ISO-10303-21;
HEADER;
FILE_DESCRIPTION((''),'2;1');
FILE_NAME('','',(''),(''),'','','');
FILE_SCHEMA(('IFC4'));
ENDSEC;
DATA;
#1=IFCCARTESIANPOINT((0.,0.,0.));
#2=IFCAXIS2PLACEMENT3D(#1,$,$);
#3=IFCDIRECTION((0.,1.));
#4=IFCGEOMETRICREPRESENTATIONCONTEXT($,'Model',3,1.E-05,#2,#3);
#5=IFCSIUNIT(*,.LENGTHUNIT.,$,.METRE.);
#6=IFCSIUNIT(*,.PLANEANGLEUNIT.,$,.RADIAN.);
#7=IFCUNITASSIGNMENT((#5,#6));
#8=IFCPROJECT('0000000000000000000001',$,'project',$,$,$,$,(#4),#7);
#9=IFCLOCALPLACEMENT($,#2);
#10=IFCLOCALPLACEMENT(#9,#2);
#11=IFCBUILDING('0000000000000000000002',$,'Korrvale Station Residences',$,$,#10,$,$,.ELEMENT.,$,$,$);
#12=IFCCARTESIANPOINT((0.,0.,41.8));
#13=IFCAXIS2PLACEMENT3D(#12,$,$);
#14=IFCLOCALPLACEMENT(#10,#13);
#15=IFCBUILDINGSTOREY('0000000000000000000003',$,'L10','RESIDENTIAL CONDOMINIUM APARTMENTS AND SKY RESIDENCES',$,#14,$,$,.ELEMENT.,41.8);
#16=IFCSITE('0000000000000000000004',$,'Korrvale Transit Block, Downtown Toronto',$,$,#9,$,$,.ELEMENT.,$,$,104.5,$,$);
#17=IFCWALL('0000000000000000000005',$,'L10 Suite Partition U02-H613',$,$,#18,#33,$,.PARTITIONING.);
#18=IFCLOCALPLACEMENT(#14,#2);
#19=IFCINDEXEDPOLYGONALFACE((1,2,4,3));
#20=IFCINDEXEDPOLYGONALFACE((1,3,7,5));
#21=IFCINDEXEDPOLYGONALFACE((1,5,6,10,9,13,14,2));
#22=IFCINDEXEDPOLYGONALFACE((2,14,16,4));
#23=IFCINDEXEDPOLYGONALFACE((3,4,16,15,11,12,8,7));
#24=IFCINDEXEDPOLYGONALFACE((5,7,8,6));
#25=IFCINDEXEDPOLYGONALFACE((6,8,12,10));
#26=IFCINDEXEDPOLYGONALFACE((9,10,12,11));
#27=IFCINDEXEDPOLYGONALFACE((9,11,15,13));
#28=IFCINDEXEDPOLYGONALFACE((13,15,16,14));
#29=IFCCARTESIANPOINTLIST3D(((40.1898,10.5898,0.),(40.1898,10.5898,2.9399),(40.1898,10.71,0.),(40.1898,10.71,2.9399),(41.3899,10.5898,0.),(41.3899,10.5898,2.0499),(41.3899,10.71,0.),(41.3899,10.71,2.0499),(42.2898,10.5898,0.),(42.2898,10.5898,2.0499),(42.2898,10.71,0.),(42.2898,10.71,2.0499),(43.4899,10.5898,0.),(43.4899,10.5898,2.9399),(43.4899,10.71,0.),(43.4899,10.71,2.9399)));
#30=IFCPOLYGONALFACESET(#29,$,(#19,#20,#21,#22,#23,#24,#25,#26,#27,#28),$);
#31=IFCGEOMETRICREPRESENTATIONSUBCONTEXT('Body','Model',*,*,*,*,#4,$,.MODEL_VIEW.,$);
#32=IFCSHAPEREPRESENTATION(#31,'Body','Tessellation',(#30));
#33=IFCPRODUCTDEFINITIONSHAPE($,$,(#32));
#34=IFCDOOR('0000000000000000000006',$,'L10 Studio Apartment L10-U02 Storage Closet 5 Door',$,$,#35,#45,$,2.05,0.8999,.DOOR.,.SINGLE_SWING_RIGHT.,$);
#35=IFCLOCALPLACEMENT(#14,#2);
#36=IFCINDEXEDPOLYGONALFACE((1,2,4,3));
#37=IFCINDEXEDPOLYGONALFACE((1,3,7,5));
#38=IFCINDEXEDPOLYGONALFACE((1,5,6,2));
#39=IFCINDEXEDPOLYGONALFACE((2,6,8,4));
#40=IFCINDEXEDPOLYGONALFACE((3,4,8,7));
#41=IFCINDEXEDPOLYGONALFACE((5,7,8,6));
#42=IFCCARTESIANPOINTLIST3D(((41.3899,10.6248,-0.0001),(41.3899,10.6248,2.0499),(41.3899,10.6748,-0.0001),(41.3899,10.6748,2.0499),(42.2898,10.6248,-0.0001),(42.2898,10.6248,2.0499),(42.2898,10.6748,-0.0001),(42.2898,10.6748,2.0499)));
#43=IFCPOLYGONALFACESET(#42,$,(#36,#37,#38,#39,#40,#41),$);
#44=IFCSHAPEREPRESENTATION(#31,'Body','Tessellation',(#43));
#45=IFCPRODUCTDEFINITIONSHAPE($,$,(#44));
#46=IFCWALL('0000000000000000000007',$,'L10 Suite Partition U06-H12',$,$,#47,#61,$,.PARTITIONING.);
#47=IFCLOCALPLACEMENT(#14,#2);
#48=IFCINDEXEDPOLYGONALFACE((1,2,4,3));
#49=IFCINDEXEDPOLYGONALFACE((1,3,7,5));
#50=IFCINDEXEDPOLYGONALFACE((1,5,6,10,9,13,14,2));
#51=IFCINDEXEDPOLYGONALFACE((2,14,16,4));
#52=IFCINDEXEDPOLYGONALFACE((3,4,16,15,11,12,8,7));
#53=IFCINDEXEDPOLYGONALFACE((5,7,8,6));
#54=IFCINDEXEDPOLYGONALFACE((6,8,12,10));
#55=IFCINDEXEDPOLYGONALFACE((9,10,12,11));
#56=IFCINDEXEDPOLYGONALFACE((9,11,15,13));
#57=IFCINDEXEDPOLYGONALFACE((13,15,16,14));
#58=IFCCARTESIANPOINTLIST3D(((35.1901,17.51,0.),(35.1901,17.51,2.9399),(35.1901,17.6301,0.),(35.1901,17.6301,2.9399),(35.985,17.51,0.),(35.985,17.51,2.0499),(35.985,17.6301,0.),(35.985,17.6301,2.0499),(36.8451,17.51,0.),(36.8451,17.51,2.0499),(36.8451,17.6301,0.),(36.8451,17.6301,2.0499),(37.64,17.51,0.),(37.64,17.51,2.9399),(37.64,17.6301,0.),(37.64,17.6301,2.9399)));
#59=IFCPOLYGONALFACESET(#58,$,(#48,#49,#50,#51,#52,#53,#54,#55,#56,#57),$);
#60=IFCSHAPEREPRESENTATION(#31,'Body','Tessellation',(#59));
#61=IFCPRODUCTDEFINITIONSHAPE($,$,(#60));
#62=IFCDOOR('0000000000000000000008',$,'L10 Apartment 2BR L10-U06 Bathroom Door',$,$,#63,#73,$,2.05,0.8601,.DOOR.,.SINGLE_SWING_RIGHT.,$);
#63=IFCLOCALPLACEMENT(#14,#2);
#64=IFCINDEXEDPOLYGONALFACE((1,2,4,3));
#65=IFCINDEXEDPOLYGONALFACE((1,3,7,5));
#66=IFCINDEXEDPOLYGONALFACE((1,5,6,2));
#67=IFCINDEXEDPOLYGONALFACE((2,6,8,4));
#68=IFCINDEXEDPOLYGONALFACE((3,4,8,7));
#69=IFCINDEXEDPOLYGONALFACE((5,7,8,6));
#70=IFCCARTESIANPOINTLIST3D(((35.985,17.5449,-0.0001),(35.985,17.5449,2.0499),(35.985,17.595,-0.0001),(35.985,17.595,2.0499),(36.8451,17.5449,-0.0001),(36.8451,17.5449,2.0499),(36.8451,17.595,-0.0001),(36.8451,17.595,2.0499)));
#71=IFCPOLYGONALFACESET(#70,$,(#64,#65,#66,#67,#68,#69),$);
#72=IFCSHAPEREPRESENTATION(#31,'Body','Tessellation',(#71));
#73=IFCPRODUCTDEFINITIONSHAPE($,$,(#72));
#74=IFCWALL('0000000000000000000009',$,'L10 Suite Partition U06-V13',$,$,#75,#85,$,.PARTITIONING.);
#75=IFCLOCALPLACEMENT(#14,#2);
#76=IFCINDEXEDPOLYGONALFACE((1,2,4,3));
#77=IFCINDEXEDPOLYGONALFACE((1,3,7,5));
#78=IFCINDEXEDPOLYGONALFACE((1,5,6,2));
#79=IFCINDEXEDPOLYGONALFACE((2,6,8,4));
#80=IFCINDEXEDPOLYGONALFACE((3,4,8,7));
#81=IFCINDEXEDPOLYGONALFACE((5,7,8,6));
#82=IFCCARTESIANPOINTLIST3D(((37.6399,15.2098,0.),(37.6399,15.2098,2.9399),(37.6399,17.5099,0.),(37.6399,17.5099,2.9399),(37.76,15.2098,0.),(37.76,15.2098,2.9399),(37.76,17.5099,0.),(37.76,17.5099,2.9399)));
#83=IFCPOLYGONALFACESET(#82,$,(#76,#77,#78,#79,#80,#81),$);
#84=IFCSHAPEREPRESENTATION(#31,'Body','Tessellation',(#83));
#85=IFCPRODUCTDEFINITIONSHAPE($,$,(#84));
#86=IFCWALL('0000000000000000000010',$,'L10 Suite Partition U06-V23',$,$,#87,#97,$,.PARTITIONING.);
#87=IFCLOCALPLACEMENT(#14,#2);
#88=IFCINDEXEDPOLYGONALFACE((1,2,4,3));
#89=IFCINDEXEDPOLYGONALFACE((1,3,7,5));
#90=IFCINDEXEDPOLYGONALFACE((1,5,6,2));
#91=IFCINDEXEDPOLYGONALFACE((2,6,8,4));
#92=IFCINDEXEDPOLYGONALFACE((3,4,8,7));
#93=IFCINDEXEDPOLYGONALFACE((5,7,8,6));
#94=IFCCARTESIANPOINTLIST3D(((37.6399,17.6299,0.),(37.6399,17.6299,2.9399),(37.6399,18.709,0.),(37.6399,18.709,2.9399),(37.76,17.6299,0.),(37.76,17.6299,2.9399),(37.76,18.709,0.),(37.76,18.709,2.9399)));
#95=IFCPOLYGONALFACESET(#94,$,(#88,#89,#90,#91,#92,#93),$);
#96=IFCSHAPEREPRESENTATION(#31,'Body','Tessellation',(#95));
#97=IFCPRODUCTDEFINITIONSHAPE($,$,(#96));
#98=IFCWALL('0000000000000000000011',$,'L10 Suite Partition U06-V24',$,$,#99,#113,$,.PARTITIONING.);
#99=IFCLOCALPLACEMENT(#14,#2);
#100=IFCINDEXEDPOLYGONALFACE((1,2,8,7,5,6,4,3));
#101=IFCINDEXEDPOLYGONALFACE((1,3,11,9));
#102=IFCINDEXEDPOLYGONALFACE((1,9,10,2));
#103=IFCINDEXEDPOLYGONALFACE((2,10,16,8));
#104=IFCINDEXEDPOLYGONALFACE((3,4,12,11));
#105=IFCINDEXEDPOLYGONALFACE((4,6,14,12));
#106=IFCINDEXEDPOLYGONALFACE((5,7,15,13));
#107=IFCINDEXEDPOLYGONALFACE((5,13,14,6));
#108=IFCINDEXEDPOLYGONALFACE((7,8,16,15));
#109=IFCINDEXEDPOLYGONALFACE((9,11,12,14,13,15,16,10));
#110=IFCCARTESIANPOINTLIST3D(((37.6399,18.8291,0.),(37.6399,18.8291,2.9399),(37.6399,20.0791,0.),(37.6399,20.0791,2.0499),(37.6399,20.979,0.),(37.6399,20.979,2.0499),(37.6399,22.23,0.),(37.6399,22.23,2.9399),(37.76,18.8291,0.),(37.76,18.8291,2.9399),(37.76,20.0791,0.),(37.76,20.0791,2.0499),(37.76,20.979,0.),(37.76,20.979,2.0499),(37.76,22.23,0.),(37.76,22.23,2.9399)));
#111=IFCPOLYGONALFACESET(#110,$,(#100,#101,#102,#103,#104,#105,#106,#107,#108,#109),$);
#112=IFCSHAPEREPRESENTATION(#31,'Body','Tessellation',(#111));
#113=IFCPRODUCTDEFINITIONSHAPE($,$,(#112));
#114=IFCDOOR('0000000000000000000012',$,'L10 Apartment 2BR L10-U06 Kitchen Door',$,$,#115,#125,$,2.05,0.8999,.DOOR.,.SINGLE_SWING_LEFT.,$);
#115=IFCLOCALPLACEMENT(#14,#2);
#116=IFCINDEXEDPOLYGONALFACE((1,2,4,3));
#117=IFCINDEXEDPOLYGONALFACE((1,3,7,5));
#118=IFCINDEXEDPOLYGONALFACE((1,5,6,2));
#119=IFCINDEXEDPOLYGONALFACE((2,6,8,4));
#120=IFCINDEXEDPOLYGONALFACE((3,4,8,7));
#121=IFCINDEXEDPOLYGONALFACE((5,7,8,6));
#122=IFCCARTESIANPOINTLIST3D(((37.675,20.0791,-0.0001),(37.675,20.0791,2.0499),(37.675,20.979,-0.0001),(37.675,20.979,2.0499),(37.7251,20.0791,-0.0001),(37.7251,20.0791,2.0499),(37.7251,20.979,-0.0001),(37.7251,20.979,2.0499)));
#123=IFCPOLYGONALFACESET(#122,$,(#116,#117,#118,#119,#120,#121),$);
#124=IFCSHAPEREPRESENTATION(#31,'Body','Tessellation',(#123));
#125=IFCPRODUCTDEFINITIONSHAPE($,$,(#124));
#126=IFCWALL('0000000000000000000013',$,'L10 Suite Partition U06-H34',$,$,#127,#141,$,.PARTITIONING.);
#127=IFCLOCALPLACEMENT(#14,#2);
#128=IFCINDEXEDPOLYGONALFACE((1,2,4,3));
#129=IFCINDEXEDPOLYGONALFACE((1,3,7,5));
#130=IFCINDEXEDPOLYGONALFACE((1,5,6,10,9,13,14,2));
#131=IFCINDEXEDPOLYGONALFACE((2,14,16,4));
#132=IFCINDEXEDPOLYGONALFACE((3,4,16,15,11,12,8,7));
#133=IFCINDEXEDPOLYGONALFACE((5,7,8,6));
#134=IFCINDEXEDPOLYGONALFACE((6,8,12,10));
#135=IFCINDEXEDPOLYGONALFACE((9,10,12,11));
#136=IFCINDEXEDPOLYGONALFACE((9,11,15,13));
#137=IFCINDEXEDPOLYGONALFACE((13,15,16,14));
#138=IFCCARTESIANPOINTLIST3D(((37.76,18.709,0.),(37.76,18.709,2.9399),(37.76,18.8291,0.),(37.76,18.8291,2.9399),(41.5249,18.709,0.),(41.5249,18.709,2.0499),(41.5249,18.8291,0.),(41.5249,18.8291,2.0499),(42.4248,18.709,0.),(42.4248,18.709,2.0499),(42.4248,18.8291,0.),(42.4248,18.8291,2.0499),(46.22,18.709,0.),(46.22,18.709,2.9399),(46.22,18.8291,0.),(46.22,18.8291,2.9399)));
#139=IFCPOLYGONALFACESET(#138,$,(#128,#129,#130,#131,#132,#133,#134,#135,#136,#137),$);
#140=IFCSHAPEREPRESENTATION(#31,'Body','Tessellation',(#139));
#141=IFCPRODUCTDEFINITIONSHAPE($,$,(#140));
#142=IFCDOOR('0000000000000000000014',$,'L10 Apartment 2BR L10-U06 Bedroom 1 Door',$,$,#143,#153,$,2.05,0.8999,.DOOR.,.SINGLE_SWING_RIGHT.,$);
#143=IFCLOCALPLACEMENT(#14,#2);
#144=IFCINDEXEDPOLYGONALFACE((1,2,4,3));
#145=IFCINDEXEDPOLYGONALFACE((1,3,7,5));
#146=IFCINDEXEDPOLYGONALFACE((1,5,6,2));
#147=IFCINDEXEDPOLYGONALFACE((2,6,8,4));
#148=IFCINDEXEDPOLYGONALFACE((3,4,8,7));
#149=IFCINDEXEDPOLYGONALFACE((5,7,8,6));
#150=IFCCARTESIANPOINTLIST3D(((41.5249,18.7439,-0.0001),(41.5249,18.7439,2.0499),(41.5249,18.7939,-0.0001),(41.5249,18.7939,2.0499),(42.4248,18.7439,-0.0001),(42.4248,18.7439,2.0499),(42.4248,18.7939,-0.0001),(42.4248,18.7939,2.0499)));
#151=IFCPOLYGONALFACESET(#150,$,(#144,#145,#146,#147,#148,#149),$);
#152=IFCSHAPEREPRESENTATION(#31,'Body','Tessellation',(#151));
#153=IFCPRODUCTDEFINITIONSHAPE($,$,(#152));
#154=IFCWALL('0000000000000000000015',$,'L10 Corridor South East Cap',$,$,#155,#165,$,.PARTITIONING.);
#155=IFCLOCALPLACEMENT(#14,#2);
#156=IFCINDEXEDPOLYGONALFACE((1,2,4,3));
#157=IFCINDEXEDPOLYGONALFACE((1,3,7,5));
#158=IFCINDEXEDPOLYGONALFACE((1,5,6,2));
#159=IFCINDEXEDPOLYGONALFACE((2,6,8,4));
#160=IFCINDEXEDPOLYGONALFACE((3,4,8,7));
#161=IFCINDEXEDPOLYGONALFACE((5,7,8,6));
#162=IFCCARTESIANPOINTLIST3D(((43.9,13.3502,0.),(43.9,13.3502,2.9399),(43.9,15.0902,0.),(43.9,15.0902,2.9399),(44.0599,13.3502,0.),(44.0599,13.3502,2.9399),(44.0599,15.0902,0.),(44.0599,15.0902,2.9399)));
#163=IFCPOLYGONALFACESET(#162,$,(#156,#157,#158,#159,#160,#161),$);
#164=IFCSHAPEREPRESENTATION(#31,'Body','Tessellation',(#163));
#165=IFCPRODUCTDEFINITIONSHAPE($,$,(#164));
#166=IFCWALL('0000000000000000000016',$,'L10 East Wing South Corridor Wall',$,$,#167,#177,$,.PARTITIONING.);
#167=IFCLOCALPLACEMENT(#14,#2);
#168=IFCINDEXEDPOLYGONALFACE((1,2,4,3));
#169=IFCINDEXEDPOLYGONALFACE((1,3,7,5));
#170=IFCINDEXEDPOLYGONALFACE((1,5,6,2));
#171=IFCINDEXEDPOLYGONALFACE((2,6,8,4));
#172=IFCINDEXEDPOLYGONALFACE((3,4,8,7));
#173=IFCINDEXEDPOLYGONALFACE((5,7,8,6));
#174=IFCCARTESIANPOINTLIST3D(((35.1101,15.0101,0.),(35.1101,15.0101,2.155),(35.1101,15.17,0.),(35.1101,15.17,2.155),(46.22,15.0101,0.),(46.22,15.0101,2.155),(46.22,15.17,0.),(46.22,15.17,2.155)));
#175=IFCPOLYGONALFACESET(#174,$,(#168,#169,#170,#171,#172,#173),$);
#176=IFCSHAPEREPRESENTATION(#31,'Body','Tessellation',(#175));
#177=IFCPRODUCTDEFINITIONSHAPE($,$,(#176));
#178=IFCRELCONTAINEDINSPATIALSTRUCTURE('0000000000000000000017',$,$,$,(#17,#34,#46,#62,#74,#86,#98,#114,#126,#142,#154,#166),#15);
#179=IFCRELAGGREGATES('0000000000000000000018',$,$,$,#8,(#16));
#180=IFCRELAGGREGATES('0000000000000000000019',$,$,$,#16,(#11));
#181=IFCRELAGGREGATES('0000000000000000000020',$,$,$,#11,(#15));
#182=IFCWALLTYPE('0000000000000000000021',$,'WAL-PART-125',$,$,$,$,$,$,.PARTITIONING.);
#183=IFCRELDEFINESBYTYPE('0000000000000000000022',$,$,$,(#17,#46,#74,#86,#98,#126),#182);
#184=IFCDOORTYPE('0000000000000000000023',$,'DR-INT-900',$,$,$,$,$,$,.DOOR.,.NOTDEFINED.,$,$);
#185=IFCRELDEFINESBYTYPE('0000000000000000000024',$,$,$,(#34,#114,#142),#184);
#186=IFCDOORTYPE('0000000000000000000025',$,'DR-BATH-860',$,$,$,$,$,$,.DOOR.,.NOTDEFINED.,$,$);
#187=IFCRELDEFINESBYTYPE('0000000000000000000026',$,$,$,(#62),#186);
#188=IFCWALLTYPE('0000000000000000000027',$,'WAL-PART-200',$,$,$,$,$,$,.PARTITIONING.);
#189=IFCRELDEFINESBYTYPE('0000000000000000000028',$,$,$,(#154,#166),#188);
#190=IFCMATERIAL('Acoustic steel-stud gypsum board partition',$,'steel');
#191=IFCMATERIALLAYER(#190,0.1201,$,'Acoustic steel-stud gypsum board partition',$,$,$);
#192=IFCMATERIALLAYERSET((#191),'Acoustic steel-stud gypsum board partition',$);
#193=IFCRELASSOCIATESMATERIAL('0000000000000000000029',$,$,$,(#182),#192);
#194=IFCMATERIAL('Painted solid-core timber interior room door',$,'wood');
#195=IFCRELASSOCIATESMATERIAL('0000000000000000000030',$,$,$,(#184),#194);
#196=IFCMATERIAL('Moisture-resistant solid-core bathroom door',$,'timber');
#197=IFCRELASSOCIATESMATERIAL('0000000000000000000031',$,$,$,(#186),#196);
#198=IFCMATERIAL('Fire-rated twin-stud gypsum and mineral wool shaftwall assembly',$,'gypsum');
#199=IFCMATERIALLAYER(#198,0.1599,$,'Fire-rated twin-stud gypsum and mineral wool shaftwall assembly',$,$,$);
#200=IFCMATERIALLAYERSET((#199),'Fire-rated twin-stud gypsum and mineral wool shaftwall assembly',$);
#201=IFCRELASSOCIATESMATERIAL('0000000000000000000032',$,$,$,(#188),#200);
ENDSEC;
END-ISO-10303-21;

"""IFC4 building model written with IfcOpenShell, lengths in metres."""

from ifc_helpers import new_model, si_unit, direction, frame, frame_2d, origin, place, context, subcontext, project, spatial, rectangle, extrude, material, layer, layer_set, type_object, element, fill, save


model = new_model("IFC4")

# Units and contexts
model_context = context("Model", 3, precision=1e-05, world=origin(), true_north=direction((0.0, 1.0)))
body_context = subcontext(model_context, "Body", "Model", "MODEL_VIEW")
ifc_project = project(units=[si_unit("LENGTHUNIT", "METRE"), si_unit("PLANEANGLEUNIT", "RADIAN")], contexts=[model_context])

# Site, building, storey
site_placement = place(None, origin())
site = spatial("IfcSite", under=ifc_project, at=site_placement, Name="Korrvale Transit Block, Downtown Toronto", CompositionType="ELEMENT", RefElevation=104.5)
building_placement = place(site_placement, origin())
building = spatial("IfcBuilding", under=site, at=building_placement, Name="Korrvale Station Residences", CompositionType="ELEMENT")
storey_placement = place(building_placement, frame((0.0, 0.0, 41.8)))
storey = spatial("IfcBuildingStorey", under=building, at=storey_placement, Name="L10", Description="RESIDENTIAL CONDOMINIUM APARTMENTS AND SKY RESIDENCES", CompositionType="ELEMENT", Elevation=41.8)

# Walls, openings, doors
ifc_material_1 = material(Name="Acoustic steel-stud gypsum board partition", Category="steel")
ifc_layer_1 = layer(ifc_material_1, 0.1201, Name="Acoustic steel-stud gypsum board partition")
ifc_layer_set_1 = layer_set([ifc_layer_1], Name="Acoustic steel-stud gypsum board partition")
wall_type_1 = type_object("IfcWallType", Name="WAL-PART-125", PredefinedType="PARTITIONING", material=ifc_layer_set_1)
ifc_material_2 = material(Name="Painted solid-core timber interior room door", Category="wood")
door_type_1 = type_object("IfcDoorType", Name="DR-INT-900", OperationType="NOTDEFINED", PredefinedType="DOOR", material=ifc_material_2)
wall_1_placement = place(storey_placement, frame((40.1899, 10.6499, 0.0), z_axis=(0.0, 0.0, 1.0), x_axis=(1.0, 0.0, 0.0)))
wall_1 = element("IfcWall", 1, at=wall_1_placement, inside=storey, type_object=wall_type_1, Name="L10 Suite Partition U02-H613", PredefinedType="PARTITIONING", context=body_context, shape_type="SweptSolid", body=[
    extrude(rectangle(XDim=3.3, YDim=0.1201, at=frame_2d((1.6499, 0.0))), origin(), (0.0, 0.0, 1.0), 2.9399),
])
opening_1_placement = place(wall_1_placement, frame((1.2, 0.0, 0.0)))
opening_1 = element("IfcOpeningElement", 2, at=opening_1_placement, cuts=wall_1, PredefinedType="OPENING", context=body_context, shape_type="SweptSolid", body=[
    extrude(rectangle(XDim=0.8999, YDim=2.05, at=frame_2d((0.45, 1.0249))), frame((0.0, 0.0701, 0.0), z_axis=(0.0, -1.0, 0.0), x_axis=(1.0, 0.0, 0.0)), (0.0, 0.0, 1.0), 0.1401),
])
door_1_placement = place(opening_1_placement, origin())
door_1 = element("IfcDoor", 3, at=door_1_placement, inside=storey, type_object=door_type_1, Name="L10 Studio Apartment L10-U02 Storage Closet 5 Door", OperationType="SINGLE_SWING_RIGHT", OverallHeight=2.05, OverallWidth=0.8999, PredefinedType="DOOR", context=body_context, shape_type="SweptSolid", body=[
    extrude(rectangle(XDim=0.8999, YDim=2.05, at=frame_2d((0.45, 1.0249))), frame((0.0, 0.0249, 0.0), z_axis=(0.0, -1.0, 0.0), x_axis=(1.0, 0.0, 0.0)), (0.0, 0.0, 1.0), 0.05),
])
fill(opening_1, door_1)
wall_2_placement = place(storey_placement, frame((35.1899, 17.5701, 0.0), z_axis=(0.0, 0.0, 1.0), x_axis=(1.0, 0.0, 0.0)))
wall_2 = element("IfcWall", 4, at=wall_2_placement, inside=storey, type_object=wall_type_1, Name="L10 Suite Partition U06-H12", PredefinedType="PARTITIONING", context=body_context, shape_type="SweptSolid", body=[
    extrude(rectangle(XDim=2.45, YDim=0.1201, at=frame_2d((1.2251, 0.0))), origin(), (0.0, 0.0, 1.0), 2.9399),
])
opening_2_placement = place(wall_2_placement, frame((0.7949, 0.0, 0.0)))
opening_2 = element("IfcOpeningElement", 5, at=opening_2_placement, cuts=wall_2, PredefinedType="OPENING", context=body_context, shape_type="SweptSolid", body=[
    extrude(rectangle(XDim=0.8601, YDim=2.05, at=frame_2d((0.4302, 1.0249))), frame((0.0, 0.0701, 0.0), z_axis=(0.0, -1.0, 0.0), x_axis=(1.0, 0.0, 0.0)), (0.0, 0.0, 1.0), 0.1401),
])
ifc_material_3 = material(Name="Moisture-resistant solid-core bathroom door", Category="timber")
door_type_2 = type_object("IfcDoorType", Name="DR-BATH-860", OperationType="NOTDEFINED", PredefinedType="DOOR", material=ifc_material_3)
door_2_placement = place(opening_2_placement, origin())
door_2 = element("IfcDoor", 6, at=door_2_placement, inside=storey, type_object=door_type_2, Name="L10 Apartment 2BR L10-U06 Bathroom Door", OperationType="SINGLE_SWING_RIGHT", OverallHeight=2.05, OverallWidth=0.8601, PredefinedType="DOOR", context=body_context, shape_type="SweptSolid", body=[
    extrude(rectangle(XDim=0.8601, YDim=2.05, at=frame_2d((0.4302, 1.0249))), frame((0.0, 0.0249, 0.0), z_axis=(0.0, -1.0, 0.0), x_axis=(1.0, 0.0, 0.0)), (0.0, 0.0, 1.0), 0.05),
])
fill(opening_2, door_2)

# Walls
wall_3_placement = place(storey_placement, frame((37.7, 15.21, 0.0), z_axis=(0.0, 0.0, 1.0), x_axis=(0.0, 1.0, 0.0)))
element("IfcWall", 7, at=wall_3_placement, inside=storey, type_object=wall_type_1, Name="L10 Suite Partition U06-V13", PredefinedType="PARTITIONING", context=body_context, shape_type="SweptSolid", body=[
    extrude(rectangle(XDim=2.3, YDim=0.1201, at=frame_2d((1.1499, 0.0))), origin(), (0.0, 0.0, 1.0), 2.9399),
])
wall_4_placement = place(storey_placement, frame((37.7, 17.6299, 0.0), z_axis=(0.0, 0.0, 1.0), x_axis=(0.0, 1.0, 0.0)))
element("IfcWall", 8, at=wall_4_placement, inside=storey, type_object=wall_type_1, Name="L10 Suite Partition U06-V23", PredefinedType="PARTITIONING", context=body_context, shape_type="SweptSolid", body=[
    extrude(rectangle(XDim=1.0791, YDim=0.1201, at=frame_2d((0.5396, 0.0))), origin(), (0.0, 0.0, 1.0), 2.9399),
])

# Walls, openings, doors
wall_5_placement = place(storey_placement, frame((37.7, 18.8291, 0.0), z_axis=(0.0, 0.0, 1.0), x_axis=(0.0, 1.0, 0.0)))
wall_5 = element("IfcWall", 9, at=wall_5_placement, inside=storey, type_object=wall_type_1, Name="L10 Suite Partition U06-V24", PredefinedType="PARTITIONING", context=body_context, shape_type="SweptSolid", body=[
    extrude(rectangle(XDim=3.4009, YDim=0.1201, at=frame_2d((1.7004, 0.0))), origin(), (0.0, 0.0, 1.0), 2.9399),
])
opening_3_placement = place(wall_5_placement, frame((1.25, 0.0, 0.0)))
opening_3 = element("IfcOpeningElement", 10, at=opening_3_placement, cuts=wall_5, PredefinedType="OPENING", context=body_context, shape_type="SweptSolid", body=[
    extrude(rectangle(XDim=0.8999, YDim=2.05, at=frame_2d((0.45, 1.0249))), frame((0.0, 0.0701, 0.0), z_axis=(0.0, -1.0, 0.0), x_axis=(1.0, 0.0, 0.0)), (0.0, 0.0, 1.0), 0.1401),
])
door_3_placement = place(opening_3_placement, origin())
door_3 = element("IfcDoor", 11, at=door_3_placement, inside=storey, type_object=door_type_1, Name="L10 Apartment 2BR L10-U06 Kitchen Door", OperationType="SINGLE_SWING_LEFT", OverallHeight=2.05, OverallWidth=0.8999, PredefinedType="DOOR", context=body_context, shape_type="SweptSolid", body=[
    extrude(rectangle(XDim=0.8999, YDim=2.05, at=frame_2d((0.45, 1.0249))), frame((0.0, 0.0249, 0.0), z_axis=(0.0, -1.0, 0.0), x_axis=(1.0, 0.0, 0.0)), (0.0, 0.0, 1.0), 0.05),
])
fill(opening_3, door_3)
wall_6_placement = place(storey_placement, frame((37.76, 18.769, 0.0), z_axis=(0.0, 0.0, 1.0), x_axis=(1.0, 0.0, 0.0)))
wall_6 = element("IfcWall", 12, at=wall_6_placement, inside=storey, type_object=wall_type_1, Name="L10 Suite Partition U06-H34", PredefinedType="PARTITIONING", context=body_context, shape_type="SweptSolid", body=[
    extrude(rectangle(XDim=8.46, YDim=0.1201, at=frame_2d((4.23, 0.0))), origin(), (0.0, 0.0, 1.0), 2.9399),
])
opening_4_placement = place(wall_6_placement, frame((3.7649, 0.0, 0.0)))
opening_4 = element("IfcOpeningElement", 13, at=opening_4_placement, cuts=wall_6, PredefinedType="OPENING", context=body_context, shape_type="SweptSolid", body=[
    extrude(rectangle(XDim=0.8999, YDim=2.05, at=frame_2d((0.45, 1.0249))), frame((0.0, 0.0701, 0.0), z_axis=(0.0, -1.0, 0.0), x_axis=(1.0, 0.0, 0.0)), (0.0, 0.0, 1.0), 0.1401),
])
door_4_placement = place(opening_4_placement, origin())
door_4 = element("IfcDoor", 14, at=door_4_placement, inside=storey, type_object=door_type_1, Name="L10 Apartment 2BR L10-U06 Bedroom 1 Door", OperationType="SINGLE_SWING_RIGHT", OverallHeight=2.05, OverallWidth=0.8999, PredefinedType="DOOR", context=body_context, shape_type="SweptSolid", body=[
    extrude(rectangle(XDim=0.8999, YDim=2.05, at=frame_2d((0.45, 1.0249))), frame((0.0, 0.0249, 0.0), z_axis=(0.0, -1.0, 0.0), x_axis=(1.0, 0.0, 0.0)), (0.0, 0.0, 1.0), 0.05),
])
fill(opening_4, door_4)

# Walls
ifc_material_4 = material(Name="Fire-rated twin-stud gypsum and mineral wool shaftwall assembly", Category="gypsum")
ifc_layer_2 = layer(ifc_material_4, 0.1599, Name="Fire-rated twin-stud gypsum and mineral wool shaftwall assembly")
ifc_layer_set_2 = layer_set([ifc_layer_2], Name="Fire-rated twin-stud gypsum and mineral wool shaftwall assembly")
wall_type_2 = type_object("IfcWallType", Name="WAL-PART-200", PredefinedType="PARTITIONING", material=ifc_layer_set_2)
wall_7_placement = place(storey_placement, frame((43.98, 13.3501, 0.0), z_axis=(0.0, 0.0, 1.0), x_axis=(0.0, 1.0, 0.0)))
element("IfcWall", 15, at=wall_7_placement, inside=storey, type_object=wall_type_2, Name="L10 Corridor South East Cap", PredefinedType="PARTITIONING", context=body_context, shape_type="SweptSolid", body=[
    extrude(rectangle(XDim=1.74, YDim=0.1599, at=frame_2d((0.8701, 0.0))), origin(), (0.0, 0.0, 1.0), 2.9399),
])
wall_8_placement = place(storey_placement, frame((35.1101, 15.0901, 0.0), z_axis=(0.0, 0.0, 1.0), x_axis=(1.0, 0.0, 0.0)))
element("IfcWall", 16, at=wall_8_placement, inside=storey, type_object=wall_type_2, Name="L10 East Wing South Corridor Wall", PredefinedType="PARTITIONING", context=body_context, shape_type="SweptSolid", body=[
    extrude(rectangle(XDim=11.1099, YDim=0.1599, at=frame_2d((5.5549, 0.0))), origin(), (0.0, 0.0, 1.0), 2.155),
])

save(model, "model.ifc")
